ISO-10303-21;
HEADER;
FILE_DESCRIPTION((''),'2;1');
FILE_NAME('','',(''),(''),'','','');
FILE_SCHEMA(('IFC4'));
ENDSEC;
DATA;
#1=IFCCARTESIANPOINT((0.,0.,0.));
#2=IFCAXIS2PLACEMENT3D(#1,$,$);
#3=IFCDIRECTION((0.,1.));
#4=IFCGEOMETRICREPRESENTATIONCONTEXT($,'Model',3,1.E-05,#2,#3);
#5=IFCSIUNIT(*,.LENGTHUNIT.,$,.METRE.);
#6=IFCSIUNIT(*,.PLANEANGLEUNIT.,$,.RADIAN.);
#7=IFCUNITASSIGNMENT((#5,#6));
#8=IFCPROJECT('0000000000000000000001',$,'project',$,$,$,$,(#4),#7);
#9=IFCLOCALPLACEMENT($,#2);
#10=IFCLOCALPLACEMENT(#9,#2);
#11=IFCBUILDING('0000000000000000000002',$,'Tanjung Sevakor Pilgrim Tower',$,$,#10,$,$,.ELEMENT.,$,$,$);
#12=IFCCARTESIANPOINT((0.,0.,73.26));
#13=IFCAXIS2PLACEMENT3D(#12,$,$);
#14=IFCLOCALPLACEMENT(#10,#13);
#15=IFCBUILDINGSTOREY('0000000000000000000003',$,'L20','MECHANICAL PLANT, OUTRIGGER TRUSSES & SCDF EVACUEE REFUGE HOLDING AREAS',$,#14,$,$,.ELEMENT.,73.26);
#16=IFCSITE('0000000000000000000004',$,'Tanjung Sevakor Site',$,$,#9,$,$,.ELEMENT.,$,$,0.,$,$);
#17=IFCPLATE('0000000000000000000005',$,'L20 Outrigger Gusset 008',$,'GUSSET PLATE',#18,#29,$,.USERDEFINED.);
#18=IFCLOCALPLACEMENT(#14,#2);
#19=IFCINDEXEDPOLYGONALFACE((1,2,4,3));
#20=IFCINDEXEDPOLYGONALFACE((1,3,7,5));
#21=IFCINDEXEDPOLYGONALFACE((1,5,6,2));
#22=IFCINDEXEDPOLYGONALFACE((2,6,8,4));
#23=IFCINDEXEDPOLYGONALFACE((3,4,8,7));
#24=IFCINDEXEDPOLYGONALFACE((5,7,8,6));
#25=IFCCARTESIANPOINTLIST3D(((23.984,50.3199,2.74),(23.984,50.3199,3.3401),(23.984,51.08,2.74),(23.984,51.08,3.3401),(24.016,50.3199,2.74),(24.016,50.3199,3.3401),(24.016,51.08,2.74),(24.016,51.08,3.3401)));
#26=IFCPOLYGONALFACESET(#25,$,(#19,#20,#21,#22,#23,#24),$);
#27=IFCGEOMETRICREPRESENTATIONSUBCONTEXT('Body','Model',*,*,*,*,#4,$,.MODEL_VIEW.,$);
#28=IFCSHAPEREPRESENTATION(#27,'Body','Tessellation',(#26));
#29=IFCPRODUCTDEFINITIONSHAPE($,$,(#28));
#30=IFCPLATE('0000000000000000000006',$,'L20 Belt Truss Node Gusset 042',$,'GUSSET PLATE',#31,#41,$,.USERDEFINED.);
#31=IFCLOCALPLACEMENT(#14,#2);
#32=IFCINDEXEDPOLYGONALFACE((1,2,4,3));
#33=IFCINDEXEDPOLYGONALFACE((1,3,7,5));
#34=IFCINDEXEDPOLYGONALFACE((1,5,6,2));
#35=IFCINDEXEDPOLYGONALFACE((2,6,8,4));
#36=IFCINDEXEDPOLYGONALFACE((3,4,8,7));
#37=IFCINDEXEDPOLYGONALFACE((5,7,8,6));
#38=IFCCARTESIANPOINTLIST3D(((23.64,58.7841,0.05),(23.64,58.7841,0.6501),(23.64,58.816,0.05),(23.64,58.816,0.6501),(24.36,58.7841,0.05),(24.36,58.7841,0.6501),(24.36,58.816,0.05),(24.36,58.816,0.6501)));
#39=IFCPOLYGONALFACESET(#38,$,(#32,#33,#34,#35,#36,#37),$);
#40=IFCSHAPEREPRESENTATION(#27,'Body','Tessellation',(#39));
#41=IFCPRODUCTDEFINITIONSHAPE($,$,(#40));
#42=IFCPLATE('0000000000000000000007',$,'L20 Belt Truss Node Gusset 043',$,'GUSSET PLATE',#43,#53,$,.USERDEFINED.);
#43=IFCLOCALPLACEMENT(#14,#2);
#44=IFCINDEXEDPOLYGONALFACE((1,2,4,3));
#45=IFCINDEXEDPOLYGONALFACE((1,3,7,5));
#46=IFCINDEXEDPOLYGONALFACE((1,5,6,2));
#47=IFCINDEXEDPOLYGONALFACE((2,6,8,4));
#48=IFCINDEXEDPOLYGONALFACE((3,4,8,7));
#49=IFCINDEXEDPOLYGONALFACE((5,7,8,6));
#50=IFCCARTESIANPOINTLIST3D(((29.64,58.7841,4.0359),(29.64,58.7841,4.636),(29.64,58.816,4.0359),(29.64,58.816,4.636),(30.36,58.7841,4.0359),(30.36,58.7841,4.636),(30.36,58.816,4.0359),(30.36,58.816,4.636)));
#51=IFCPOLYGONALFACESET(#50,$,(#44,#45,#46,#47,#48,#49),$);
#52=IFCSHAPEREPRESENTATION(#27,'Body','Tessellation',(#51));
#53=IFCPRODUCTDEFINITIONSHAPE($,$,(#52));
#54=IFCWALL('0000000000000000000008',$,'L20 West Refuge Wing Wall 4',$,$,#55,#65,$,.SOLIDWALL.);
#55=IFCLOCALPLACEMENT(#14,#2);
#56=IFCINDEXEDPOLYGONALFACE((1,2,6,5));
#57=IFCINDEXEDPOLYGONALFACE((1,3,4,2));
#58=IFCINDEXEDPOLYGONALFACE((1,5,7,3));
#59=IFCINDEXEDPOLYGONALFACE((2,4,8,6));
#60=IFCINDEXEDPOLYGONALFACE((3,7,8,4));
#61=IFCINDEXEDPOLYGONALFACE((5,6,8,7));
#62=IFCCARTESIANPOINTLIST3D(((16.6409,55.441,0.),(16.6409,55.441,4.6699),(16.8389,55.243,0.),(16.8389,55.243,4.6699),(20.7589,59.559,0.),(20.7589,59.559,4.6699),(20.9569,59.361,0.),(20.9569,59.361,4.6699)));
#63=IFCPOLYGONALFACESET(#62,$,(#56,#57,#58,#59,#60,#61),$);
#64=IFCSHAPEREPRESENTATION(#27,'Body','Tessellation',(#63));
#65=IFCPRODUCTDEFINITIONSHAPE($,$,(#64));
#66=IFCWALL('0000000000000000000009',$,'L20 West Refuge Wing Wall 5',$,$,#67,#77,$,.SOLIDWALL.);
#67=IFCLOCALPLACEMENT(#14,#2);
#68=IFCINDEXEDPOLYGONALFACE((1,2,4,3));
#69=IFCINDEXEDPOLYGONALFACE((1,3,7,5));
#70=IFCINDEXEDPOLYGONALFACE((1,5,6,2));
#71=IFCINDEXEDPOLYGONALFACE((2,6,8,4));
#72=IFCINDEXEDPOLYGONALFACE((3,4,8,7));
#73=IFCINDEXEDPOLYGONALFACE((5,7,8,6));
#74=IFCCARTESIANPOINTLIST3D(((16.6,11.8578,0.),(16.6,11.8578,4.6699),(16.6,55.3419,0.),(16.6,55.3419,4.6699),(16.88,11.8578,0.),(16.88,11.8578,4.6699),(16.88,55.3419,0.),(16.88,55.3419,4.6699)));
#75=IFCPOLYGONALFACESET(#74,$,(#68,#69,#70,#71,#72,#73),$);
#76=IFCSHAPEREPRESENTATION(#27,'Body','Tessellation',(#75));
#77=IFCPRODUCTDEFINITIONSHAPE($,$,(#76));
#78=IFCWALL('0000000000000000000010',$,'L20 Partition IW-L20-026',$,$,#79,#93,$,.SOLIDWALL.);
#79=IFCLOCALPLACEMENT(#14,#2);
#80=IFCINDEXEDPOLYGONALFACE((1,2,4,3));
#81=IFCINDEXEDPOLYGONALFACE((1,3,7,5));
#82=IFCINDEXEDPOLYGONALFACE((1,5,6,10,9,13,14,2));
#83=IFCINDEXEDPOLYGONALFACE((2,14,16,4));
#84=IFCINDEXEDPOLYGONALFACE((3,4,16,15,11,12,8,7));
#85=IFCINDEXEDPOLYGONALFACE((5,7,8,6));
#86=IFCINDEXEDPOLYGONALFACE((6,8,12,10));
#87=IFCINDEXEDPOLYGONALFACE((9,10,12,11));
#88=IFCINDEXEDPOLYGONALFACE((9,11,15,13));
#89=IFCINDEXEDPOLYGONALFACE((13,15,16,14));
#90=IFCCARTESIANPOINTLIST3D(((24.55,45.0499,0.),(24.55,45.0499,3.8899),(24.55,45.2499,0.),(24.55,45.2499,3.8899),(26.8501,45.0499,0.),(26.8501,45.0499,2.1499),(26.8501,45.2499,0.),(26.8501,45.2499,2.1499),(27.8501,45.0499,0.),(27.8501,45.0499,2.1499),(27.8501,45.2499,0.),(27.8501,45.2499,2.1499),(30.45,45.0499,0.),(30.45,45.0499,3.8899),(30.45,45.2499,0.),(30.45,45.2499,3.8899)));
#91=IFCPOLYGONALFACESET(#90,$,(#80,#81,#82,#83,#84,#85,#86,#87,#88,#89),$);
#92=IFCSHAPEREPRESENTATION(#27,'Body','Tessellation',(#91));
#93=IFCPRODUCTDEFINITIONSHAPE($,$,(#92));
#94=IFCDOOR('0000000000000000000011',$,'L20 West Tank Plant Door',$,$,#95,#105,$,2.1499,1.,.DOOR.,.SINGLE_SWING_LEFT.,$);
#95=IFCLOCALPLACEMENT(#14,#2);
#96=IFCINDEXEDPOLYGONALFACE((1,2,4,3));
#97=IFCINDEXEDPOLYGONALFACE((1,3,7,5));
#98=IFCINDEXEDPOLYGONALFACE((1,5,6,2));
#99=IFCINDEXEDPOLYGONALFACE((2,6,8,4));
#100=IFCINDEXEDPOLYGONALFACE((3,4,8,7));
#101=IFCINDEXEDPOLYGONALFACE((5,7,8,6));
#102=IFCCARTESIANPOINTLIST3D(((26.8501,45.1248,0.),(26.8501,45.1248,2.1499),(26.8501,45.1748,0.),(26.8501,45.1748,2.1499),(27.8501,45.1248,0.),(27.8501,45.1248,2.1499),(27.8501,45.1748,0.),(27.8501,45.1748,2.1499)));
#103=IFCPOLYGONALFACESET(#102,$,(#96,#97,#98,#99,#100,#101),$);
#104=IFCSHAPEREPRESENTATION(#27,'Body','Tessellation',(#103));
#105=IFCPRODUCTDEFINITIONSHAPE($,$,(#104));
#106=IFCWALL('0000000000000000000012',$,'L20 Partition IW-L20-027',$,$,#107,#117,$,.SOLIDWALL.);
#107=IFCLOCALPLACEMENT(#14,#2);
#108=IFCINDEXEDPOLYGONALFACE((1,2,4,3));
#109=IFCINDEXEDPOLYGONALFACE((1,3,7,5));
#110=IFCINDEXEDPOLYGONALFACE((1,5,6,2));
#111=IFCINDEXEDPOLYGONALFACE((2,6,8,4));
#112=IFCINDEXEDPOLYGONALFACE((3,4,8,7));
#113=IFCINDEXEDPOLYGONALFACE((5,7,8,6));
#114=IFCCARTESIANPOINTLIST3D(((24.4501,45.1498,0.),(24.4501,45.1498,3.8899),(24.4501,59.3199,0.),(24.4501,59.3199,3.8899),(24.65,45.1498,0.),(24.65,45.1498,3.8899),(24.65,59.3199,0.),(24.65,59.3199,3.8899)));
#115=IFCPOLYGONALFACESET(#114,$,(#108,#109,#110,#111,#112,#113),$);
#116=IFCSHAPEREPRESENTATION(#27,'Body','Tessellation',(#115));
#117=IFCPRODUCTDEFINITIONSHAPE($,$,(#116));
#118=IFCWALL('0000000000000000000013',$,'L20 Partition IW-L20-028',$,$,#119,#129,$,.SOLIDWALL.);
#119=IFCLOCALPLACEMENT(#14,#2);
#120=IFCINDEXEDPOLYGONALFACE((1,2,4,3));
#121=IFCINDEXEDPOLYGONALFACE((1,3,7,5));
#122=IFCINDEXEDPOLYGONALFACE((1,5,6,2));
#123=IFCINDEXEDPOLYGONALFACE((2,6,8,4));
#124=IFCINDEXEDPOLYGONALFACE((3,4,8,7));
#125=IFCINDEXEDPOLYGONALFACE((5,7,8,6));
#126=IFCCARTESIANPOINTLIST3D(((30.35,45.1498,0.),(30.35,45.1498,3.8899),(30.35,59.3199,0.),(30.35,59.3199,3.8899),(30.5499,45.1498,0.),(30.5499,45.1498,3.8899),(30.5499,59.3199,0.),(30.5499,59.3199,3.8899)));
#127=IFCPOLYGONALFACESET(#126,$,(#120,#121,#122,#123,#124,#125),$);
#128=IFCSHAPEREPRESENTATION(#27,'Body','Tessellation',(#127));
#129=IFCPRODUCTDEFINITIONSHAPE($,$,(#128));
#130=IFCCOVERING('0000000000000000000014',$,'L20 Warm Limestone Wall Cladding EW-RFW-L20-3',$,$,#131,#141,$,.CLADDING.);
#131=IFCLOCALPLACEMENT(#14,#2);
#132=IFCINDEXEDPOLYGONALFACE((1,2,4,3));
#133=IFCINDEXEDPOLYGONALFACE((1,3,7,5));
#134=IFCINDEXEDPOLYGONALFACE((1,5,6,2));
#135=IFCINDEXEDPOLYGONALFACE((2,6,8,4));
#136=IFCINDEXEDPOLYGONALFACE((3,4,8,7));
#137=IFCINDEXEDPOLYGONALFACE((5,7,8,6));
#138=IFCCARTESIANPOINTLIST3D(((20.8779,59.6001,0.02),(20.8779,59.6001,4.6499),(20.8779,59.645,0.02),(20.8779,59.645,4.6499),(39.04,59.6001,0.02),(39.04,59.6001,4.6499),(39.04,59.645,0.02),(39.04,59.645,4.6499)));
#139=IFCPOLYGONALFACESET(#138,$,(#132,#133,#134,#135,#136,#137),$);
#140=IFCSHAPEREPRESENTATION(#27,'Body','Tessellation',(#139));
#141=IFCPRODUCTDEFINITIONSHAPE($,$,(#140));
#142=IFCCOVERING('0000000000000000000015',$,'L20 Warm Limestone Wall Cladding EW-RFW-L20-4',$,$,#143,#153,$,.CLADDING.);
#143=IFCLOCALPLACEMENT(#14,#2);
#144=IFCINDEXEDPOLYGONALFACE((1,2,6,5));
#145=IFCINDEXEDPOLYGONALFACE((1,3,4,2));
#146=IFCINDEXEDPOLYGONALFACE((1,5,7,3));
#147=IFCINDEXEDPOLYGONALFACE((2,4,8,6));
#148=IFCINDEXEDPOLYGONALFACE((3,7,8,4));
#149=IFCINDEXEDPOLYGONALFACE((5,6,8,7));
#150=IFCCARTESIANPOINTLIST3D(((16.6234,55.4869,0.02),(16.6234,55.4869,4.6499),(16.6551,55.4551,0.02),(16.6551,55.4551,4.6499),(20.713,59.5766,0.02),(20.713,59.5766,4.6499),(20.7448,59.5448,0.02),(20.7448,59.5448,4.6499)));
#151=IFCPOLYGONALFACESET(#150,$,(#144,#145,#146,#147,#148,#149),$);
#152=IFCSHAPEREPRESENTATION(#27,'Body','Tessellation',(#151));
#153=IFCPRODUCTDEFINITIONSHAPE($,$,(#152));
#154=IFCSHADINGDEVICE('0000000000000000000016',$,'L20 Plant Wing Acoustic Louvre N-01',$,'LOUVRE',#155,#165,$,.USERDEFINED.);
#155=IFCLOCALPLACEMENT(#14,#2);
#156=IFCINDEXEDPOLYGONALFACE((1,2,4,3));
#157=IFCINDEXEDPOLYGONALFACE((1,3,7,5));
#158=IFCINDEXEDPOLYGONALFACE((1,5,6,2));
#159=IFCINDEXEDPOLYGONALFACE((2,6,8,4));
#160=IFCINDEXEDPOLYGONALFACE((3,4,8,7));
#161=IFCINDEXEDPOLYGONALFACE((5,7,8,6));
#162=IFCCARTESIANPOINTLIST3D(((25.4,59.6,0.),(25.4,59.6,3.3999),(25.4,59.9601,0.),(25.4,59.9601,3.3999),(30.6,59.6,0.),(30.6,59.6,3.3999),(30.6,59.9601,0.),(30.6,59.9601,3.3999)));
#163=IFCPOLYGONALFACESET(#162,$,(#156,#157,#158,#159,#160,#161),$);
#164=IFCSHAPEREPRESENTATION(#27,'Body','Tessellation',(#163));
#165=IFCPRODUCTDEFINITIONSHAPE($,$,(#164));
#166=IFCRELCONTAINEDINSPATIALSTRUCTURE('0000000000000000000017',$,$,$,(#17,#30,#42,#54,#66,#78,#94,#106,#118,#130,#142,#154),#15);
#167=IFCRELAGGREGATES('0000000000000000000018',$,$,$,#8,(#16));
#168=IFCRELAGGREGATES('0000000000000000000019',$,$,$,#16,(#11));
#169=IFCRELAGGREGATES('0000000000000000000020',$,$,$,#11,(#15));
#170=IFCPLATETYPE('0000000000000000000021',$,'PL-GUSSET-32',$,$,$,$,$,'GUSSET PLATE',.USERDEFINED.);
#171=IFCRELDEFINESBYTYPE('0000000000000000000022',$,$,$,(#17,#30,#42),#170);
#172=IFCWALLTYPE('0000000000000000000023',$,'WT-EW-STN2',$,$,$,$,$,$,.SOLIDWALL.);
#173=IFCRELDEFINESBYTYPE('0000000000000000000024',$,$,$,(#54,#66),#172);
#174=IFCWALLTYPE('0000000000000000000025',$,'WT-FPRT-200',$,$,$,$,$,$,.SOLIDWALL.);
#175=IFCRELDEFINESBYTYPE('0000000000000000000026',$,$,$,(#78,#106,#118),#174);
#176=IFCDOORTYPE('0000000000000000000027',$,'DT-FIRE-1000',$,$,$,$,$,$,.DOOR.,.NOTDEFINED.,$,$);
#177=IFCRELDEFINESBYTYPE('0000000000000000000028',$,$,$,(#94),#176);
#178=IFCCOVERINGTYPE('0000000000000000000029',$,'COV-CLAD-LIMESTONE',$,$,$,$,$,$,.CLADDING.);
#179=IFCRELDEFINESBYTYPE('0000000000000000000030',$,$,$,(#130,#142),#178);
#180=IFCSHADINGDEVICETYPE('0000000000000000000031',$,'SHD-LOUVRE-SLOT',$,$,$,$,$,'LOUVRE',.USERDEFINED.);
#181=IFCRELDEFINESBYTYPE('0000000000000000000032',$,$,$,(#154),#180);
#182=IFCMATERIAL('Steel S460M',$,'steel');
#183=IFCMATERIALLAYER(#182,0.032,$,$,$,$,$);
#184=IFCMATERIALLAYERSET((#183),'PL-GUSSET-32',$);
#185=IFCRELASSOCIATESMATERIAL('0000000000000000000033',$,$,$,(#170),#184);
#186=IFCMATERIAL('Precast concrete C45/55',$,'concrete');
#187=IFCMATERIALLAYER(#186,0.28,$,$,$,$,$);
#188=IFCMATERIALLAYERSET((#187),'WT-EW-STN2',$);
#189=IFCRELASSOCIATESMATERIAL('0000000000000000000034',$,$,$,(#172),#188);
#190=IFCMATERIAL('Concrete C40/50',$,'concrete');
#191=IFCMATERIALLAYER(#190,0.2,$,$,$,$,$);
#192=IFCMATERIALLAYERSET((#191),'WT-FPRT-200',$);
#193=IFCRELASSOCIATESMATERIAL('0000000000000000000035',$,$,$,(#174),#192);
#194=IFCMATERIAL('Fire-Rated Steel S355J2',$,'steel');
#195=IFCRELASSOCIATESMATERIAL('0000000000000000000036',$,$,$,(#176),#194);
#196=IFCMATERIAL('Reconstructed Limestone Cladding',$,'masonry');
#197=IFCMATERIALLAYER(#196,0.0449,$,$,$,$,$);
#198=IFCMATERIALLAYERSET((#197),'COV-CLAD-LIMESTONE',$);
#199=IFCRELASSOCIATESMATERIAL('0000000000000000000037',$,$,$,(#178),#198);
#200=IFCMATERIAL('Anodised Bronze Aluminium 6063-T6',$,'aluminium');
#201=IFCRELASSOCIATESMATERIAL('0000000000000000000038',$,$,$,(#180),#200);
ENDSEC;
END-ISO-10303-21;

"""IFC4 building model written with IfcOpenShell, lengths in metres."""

from ifc_helpers import new_model, si_unit, direction, frame, frame_2d, origin, origin_2d, place, context, subcontext, project, spatial, rectangle, extrude, material, layer, layer_set, type_object, element, fill, save


model = new_model("IFC4")

# Units and contexts
model_context = context("Model", 3, precision=1e-05, world=origin(), true_north=direction((0.0, 1.0)))
body_context = subcontext(model_context, "Body", "Model", "MODEL_VIEW")
ifc_project = project(units=[si_unit("LENGTHUNIT", "METRE"), si_unit("PLANEANGLEUNIT", "RADIAN")], contexts=[model_context])

# Site, building, storey
site_placement = place(None, origin())
site = spatial("IfcSite", under=ifc_project, at=site_placement, Name="Tanjung Sevakor Site", CompositionType="ELEMENT", RefElevation=0.0)
building_placement = place(site_placement, origin())
building = spatial("IfcBuilding", under=site, at=building_placement, Name="Tanjung Sevakor Pilgrim Tower", CompositionType="ELEMENT")
storey_placement = place(building_placement, frame((0.0, 0.0, 73.26)))
storey = spatial("IfcBuildingStorey", under=building, at=storey_placement, Name="L20", Description="MECHANICAL PLANT, OUTRIGGER TRUSSES & SCDF EVACUEE REFUGE HOLDING AREAS", CompositionType="ELEMENT", Elevation=73.26)

# Plates
ifc_material_1 = material(Name="Steel S460M", Category="steel")
ifc_layer_1 = layer(ifc_material_1, 0.032)
ifc_layer_set_1 = layer_set([ifc_layer_1], Name="PL-GUSSET-32")
plate_type_1 = type_object("IfcPlateType", Name="PL-GUSSET-32", ElementType="GUSSET PLATE", PredefinedType="USERDEFINED", material=ifc_layer_set_1)
for number, where, z_axis, x_axis, name in (
    (1, (24.0, 50.7, 2.74), (0.0, 0.0, 1.0), (1.0, 0.0, 0.0), "L20 Outrigger Gusset 008"),
):
    element("IfcPlate", number, at=place(storey_placement, frame(where, z_axis=z_axis, x_axis=x_axis)), inside=storey, type_object=plate_type_1, Name=name, ObjectType="GUSSET PLATE", PredefinedType="USERDEFINED", context=body_context, shape_type="SweptSolid", body=[
        extrude(rectangle(XDim=0.032, YDim=0.76, at=origin_2d()), origin(), (0.0, 0.0, 1.0), 0.6001),
    ])
for number, where, z_axis, x_axis, name in (
    (2, (24.0, 58.8, 0.05), (0.0, 0.0, 1.0), (1.0, 0.0, 0.0), "L20 Belt Truss Node Gusset 042"),
    (3, (30.0, 58.8, 4.0359), (0.0, 0.0, 1.0), (1.0, 0.0, 0.0), "L20 Belt Truss Node Gusset 043"),
):
    element("IfcPlate", number, at=place(storey_placement, frame(where, z_axis=z_axis, x_axis=x_axis)), inside=storey, type_object=plate_type_1, Name=name, ObjectType="GUSSET PLATE", PredefinedType="USERDEFINED", context=body_context, shape_type="SweptSolid", body=[
        extrude(rectangle(XDim=0.72, YDim=0.032, at=origin_2d()), origin(), (0.0, 0.0, 1.0), 0.6001),
    ])

# Walls
ifc_material_2 = material(Name="Precast concrete C45/55", Category="concrete")
ifc_layer_2 = layer(ifc_material_2, 0.28)
ifc_layer_set_2 = layer_set([ifc_layer_2], Name="WT-EW-STN2")
wall_type_1 = type_object("IfcWallType", Name="WT-EW-STN2", PredefinedType="SOLIDWALL", material=ifc_layer_set_2)
wall_1_placement = place(storey_placement, frame((20.8579, 59.46, 0.0), z_axis=(0.0, 0.0, 1.0), x_axis=(-0.707107, -0.707107, 0.0)))
element("IfcWall", 4, at=wall_1_placement, inside=storey, type_object=wall_type_1, Name="L20 West Refuge Wing Wall 4", PredefinedType="SOLIDWALL", context=body_context, shape_type="SweptSolid", body=[
    extrude(rectangle(XDim=5.8237, YDim=0.28, at=frame_2d((2.9119, 0.0))), origin(), (0.0, 0.0, 1.0), 4.6699),
])
wall_2_placement = place(storey_placement, frame((16.74, 55.342, 0.0), z_axis=(0.0, 0.0, 1.0), x_axis=(0.0, -1.0, 0.0)))
element("IfcWall", 5, at=wall_2_placement, inside=storey, type_object=wall_type_1, Name="L20 West Refuge Wing Wall 5", PredefinedType="SOLIDWALL", context=body_context, shape_type="SweptSolid", body=[
    extrude(rectangle(XDim=43.4841, YDim=0.28, at=frame_2d((21.7422, 0.0))), origin(), (0.0, 0.0, 1.0), 4.6699),
])

# Wall, opening, door
ifc_material_3 = material(Name="Concrete C40/50", Category="concrete")
ifc_layer_3 = layer(ifc_material_3, 0.2)
ifc_layer_set_3 = layer_set([ifc_layer_3], Name="WT-FPRT-200")
wall_type_2 = type_object("IfcWallType", Name="WT-FPRT-200", PredefinedType="SOLIDWALL", material=ifc_layer_set_3)
wall_3_placement = place(storey_placement, frame((24.55, 45.1499, 0.0), z_axis=(0.0, 0.0, 1.0), x_axis=(1.0, 0.0, 0.0)))
wall_3 = element("IfcWall", 6, at=wall_3_placement, inside=storey, type_object=wall_type_2, Name="L20 Partition IW-L20-026", PredefinedType="SOLIDWALL", context=body_context, shape_type="SweptSolid", body=[
    extrude(rectangle(XDim=5.8999, YDim=0.2, at=frame_2d((2.95, 0.0))), origin(), (0.0, 0.0, 1.0), 3.8899),
])
opening_1_placement = place(wall_3_placement, frame((2.3, 0.0, 0.0)))
opening_1 = element("IfcOpeningElement", 7, at=opening_1_placement, cuts=wall_3, PredefinedType="OPENING", context=body_context, shape_type="SweptSolid", body=[
    extrude(rectangle(XDim=1.0, YDim=2.1499, at=frame_2d((0.5, 1.075))), frame((0.0, 0.1099, 0.0), z_axis=(0.0, -1.0, 0.0), x_axis=(1.0, 0.0, 0.0)), (0.0, 0.0, 1.0), 0.22),
])
ifc_material_4 = material(Name="Fire-Rated Steel S355J2", Category="steel")
door_type = type_object("IfcDoorType", Name="DT-FIRE-1000", OperationType="NOTDEFINED", PredefinedType="DOOR", material=ifc_material_4)
door_1_placement = place(opening_1_placement, origin())
door_1 = element("IfcDoor", 8, at=door_1_placement, inside=storey, type_object=door_type, Name="L20 West Tank Plant Door", OperationType="SINGLE_SWING_LEFT", OverallHeight=2.1499, OverallWidth=1.0, PredefinedType="DOOR", context=body_context, shape_type="SweptSolid", body=[
    extrude(rectangle(XDim=1.0, YDim=2.1499, at=frame_2d((0.5, 1.075))), frame((0.0, 0.0249, 0.0), z_axis=(0.0, -1.0, 0.0), x_axis=(1.0, 0.0, 0.0)), (0.0, 0.0, 1.0), 0.05),
])
fill(opening_1, door_1)

# Walls
for number, where, z_axis, x_axis, name in (
    (9, (24.55, 45.1499, 0.0), (0.0, 0.0, 1.0), (0.0, 1.0, 0.0), "L20 Partition IW-L20-027"),
    (10, (30.45, 45.1499, 0.0), (0.0, 0.0, 1.0), (0.0, 1.0, 0.0), "L20 Partition IW-L20-028"),
):
    element("IfcWall", number, at=place(storey_placement, frame(where, z_axis=z_axis, x_axis=x_axis)), inside=storey, type_object=wall_type_2, Name=name, PredefinedType="SOLIDWALL", context=body_context, shape_type="SweptSolid", body=[
        extrude(rectangle(XDim=14.1702, YDim=0.2, at=frame_2d((7.085, 0.0))), origin(), (0.0, 0.0, 1.0), 3.8899),
    ])

# Coverings
ifc_material_5 = material(Name="Reconstructed Limestone Cladding", Category="masonry")
ifc_layer_4 = layer(ifc_material_5, 0.0449)
ifc_layer_set_4 = layer_set([ifc_layer_4], Name="COV-CLAD-LIMESTONE")
covering_type = type_object("IfcCoveringType", Name="COV-CLAD-LIMESTONE", PredefinedType="CLADDING", material=ifc_layer_set_4)
covering_1_placement = place(storey_placement, frame((29.959, 59.6226, 0.02), z_axis=(0.0, 0.0, 1.0), x_axis=(-1.0, 0.0, 0.0)))
element("IfcCovering", 11, at=covering_1_placement, inside=storey, type_object=covering_type, Name="L20 Warm Limestone Wall Cladding EW-RFW-L20-3", PredefinedType="CLADDING", context=body_context, shape_type="SweptSolid", body=[
    extrude(rectangle(XDim=18.1621, YDim=0.0449, at=origin_2d()), origin(), (0.0, 0.0, 1.0), 4.6299),
])
covering_2_placement = place(storey_placement, frame((18.6841, 57.5159, 0.02), z_axis=(0.0, 0.0, 1.0), x_axis=(-0.707107, -0.707107, 0.0)))
element("IfcCovering", 12, at=covering_2_placement, inside=storey, type_object=covering_type, Name="L20 Warm Limestone Wall Cladding EW-RFW-L20-4", PredefinedType="CLADDING", context=body_context, shape_type="SweptSolid", body=[
    extrude(rectangle(XDim=5.7837, YDim=0.0449, at=origin_2d()), origin(), (0.0, 0.0, 1.0), 4.6299),
])

# Shading device
ifc_material_6 = material(Name="Anodised Bronze Aluminium 6063-T6", Category="aluminium")
shading_device_type = type_object("IfcShadingDeviceType", Name="SHD-LOUVRE-SLOT", ElementType="LOUVRE", PredefinedType="USERDEFINED", material=ifc_material_6)
shading_device_placement = place(storey_placement, frame((28.0, 59.78, 0.0), z_axis=(0.0, 0.0, 1.0), x_axis=(1.0, 0.0, 0.0)))
element("IfcShadingDevice", 13, at=shading_device_placement, inside=storey, type_object=shading_device_type, Name="L20 Plant Wing Acoustic Louvre N-01", ObjectType="LOUVRE", PredefinedType="USERDEFINED", context=body_context, shape_type="SweptSolid", body=[
    extrude(rectangle(XDim=5.2, YDim=0.3601, at=origin_2d()), origin(), (0.0, 0.0, 1.0), 3.3999),
])

save(model, "model.ifc")
